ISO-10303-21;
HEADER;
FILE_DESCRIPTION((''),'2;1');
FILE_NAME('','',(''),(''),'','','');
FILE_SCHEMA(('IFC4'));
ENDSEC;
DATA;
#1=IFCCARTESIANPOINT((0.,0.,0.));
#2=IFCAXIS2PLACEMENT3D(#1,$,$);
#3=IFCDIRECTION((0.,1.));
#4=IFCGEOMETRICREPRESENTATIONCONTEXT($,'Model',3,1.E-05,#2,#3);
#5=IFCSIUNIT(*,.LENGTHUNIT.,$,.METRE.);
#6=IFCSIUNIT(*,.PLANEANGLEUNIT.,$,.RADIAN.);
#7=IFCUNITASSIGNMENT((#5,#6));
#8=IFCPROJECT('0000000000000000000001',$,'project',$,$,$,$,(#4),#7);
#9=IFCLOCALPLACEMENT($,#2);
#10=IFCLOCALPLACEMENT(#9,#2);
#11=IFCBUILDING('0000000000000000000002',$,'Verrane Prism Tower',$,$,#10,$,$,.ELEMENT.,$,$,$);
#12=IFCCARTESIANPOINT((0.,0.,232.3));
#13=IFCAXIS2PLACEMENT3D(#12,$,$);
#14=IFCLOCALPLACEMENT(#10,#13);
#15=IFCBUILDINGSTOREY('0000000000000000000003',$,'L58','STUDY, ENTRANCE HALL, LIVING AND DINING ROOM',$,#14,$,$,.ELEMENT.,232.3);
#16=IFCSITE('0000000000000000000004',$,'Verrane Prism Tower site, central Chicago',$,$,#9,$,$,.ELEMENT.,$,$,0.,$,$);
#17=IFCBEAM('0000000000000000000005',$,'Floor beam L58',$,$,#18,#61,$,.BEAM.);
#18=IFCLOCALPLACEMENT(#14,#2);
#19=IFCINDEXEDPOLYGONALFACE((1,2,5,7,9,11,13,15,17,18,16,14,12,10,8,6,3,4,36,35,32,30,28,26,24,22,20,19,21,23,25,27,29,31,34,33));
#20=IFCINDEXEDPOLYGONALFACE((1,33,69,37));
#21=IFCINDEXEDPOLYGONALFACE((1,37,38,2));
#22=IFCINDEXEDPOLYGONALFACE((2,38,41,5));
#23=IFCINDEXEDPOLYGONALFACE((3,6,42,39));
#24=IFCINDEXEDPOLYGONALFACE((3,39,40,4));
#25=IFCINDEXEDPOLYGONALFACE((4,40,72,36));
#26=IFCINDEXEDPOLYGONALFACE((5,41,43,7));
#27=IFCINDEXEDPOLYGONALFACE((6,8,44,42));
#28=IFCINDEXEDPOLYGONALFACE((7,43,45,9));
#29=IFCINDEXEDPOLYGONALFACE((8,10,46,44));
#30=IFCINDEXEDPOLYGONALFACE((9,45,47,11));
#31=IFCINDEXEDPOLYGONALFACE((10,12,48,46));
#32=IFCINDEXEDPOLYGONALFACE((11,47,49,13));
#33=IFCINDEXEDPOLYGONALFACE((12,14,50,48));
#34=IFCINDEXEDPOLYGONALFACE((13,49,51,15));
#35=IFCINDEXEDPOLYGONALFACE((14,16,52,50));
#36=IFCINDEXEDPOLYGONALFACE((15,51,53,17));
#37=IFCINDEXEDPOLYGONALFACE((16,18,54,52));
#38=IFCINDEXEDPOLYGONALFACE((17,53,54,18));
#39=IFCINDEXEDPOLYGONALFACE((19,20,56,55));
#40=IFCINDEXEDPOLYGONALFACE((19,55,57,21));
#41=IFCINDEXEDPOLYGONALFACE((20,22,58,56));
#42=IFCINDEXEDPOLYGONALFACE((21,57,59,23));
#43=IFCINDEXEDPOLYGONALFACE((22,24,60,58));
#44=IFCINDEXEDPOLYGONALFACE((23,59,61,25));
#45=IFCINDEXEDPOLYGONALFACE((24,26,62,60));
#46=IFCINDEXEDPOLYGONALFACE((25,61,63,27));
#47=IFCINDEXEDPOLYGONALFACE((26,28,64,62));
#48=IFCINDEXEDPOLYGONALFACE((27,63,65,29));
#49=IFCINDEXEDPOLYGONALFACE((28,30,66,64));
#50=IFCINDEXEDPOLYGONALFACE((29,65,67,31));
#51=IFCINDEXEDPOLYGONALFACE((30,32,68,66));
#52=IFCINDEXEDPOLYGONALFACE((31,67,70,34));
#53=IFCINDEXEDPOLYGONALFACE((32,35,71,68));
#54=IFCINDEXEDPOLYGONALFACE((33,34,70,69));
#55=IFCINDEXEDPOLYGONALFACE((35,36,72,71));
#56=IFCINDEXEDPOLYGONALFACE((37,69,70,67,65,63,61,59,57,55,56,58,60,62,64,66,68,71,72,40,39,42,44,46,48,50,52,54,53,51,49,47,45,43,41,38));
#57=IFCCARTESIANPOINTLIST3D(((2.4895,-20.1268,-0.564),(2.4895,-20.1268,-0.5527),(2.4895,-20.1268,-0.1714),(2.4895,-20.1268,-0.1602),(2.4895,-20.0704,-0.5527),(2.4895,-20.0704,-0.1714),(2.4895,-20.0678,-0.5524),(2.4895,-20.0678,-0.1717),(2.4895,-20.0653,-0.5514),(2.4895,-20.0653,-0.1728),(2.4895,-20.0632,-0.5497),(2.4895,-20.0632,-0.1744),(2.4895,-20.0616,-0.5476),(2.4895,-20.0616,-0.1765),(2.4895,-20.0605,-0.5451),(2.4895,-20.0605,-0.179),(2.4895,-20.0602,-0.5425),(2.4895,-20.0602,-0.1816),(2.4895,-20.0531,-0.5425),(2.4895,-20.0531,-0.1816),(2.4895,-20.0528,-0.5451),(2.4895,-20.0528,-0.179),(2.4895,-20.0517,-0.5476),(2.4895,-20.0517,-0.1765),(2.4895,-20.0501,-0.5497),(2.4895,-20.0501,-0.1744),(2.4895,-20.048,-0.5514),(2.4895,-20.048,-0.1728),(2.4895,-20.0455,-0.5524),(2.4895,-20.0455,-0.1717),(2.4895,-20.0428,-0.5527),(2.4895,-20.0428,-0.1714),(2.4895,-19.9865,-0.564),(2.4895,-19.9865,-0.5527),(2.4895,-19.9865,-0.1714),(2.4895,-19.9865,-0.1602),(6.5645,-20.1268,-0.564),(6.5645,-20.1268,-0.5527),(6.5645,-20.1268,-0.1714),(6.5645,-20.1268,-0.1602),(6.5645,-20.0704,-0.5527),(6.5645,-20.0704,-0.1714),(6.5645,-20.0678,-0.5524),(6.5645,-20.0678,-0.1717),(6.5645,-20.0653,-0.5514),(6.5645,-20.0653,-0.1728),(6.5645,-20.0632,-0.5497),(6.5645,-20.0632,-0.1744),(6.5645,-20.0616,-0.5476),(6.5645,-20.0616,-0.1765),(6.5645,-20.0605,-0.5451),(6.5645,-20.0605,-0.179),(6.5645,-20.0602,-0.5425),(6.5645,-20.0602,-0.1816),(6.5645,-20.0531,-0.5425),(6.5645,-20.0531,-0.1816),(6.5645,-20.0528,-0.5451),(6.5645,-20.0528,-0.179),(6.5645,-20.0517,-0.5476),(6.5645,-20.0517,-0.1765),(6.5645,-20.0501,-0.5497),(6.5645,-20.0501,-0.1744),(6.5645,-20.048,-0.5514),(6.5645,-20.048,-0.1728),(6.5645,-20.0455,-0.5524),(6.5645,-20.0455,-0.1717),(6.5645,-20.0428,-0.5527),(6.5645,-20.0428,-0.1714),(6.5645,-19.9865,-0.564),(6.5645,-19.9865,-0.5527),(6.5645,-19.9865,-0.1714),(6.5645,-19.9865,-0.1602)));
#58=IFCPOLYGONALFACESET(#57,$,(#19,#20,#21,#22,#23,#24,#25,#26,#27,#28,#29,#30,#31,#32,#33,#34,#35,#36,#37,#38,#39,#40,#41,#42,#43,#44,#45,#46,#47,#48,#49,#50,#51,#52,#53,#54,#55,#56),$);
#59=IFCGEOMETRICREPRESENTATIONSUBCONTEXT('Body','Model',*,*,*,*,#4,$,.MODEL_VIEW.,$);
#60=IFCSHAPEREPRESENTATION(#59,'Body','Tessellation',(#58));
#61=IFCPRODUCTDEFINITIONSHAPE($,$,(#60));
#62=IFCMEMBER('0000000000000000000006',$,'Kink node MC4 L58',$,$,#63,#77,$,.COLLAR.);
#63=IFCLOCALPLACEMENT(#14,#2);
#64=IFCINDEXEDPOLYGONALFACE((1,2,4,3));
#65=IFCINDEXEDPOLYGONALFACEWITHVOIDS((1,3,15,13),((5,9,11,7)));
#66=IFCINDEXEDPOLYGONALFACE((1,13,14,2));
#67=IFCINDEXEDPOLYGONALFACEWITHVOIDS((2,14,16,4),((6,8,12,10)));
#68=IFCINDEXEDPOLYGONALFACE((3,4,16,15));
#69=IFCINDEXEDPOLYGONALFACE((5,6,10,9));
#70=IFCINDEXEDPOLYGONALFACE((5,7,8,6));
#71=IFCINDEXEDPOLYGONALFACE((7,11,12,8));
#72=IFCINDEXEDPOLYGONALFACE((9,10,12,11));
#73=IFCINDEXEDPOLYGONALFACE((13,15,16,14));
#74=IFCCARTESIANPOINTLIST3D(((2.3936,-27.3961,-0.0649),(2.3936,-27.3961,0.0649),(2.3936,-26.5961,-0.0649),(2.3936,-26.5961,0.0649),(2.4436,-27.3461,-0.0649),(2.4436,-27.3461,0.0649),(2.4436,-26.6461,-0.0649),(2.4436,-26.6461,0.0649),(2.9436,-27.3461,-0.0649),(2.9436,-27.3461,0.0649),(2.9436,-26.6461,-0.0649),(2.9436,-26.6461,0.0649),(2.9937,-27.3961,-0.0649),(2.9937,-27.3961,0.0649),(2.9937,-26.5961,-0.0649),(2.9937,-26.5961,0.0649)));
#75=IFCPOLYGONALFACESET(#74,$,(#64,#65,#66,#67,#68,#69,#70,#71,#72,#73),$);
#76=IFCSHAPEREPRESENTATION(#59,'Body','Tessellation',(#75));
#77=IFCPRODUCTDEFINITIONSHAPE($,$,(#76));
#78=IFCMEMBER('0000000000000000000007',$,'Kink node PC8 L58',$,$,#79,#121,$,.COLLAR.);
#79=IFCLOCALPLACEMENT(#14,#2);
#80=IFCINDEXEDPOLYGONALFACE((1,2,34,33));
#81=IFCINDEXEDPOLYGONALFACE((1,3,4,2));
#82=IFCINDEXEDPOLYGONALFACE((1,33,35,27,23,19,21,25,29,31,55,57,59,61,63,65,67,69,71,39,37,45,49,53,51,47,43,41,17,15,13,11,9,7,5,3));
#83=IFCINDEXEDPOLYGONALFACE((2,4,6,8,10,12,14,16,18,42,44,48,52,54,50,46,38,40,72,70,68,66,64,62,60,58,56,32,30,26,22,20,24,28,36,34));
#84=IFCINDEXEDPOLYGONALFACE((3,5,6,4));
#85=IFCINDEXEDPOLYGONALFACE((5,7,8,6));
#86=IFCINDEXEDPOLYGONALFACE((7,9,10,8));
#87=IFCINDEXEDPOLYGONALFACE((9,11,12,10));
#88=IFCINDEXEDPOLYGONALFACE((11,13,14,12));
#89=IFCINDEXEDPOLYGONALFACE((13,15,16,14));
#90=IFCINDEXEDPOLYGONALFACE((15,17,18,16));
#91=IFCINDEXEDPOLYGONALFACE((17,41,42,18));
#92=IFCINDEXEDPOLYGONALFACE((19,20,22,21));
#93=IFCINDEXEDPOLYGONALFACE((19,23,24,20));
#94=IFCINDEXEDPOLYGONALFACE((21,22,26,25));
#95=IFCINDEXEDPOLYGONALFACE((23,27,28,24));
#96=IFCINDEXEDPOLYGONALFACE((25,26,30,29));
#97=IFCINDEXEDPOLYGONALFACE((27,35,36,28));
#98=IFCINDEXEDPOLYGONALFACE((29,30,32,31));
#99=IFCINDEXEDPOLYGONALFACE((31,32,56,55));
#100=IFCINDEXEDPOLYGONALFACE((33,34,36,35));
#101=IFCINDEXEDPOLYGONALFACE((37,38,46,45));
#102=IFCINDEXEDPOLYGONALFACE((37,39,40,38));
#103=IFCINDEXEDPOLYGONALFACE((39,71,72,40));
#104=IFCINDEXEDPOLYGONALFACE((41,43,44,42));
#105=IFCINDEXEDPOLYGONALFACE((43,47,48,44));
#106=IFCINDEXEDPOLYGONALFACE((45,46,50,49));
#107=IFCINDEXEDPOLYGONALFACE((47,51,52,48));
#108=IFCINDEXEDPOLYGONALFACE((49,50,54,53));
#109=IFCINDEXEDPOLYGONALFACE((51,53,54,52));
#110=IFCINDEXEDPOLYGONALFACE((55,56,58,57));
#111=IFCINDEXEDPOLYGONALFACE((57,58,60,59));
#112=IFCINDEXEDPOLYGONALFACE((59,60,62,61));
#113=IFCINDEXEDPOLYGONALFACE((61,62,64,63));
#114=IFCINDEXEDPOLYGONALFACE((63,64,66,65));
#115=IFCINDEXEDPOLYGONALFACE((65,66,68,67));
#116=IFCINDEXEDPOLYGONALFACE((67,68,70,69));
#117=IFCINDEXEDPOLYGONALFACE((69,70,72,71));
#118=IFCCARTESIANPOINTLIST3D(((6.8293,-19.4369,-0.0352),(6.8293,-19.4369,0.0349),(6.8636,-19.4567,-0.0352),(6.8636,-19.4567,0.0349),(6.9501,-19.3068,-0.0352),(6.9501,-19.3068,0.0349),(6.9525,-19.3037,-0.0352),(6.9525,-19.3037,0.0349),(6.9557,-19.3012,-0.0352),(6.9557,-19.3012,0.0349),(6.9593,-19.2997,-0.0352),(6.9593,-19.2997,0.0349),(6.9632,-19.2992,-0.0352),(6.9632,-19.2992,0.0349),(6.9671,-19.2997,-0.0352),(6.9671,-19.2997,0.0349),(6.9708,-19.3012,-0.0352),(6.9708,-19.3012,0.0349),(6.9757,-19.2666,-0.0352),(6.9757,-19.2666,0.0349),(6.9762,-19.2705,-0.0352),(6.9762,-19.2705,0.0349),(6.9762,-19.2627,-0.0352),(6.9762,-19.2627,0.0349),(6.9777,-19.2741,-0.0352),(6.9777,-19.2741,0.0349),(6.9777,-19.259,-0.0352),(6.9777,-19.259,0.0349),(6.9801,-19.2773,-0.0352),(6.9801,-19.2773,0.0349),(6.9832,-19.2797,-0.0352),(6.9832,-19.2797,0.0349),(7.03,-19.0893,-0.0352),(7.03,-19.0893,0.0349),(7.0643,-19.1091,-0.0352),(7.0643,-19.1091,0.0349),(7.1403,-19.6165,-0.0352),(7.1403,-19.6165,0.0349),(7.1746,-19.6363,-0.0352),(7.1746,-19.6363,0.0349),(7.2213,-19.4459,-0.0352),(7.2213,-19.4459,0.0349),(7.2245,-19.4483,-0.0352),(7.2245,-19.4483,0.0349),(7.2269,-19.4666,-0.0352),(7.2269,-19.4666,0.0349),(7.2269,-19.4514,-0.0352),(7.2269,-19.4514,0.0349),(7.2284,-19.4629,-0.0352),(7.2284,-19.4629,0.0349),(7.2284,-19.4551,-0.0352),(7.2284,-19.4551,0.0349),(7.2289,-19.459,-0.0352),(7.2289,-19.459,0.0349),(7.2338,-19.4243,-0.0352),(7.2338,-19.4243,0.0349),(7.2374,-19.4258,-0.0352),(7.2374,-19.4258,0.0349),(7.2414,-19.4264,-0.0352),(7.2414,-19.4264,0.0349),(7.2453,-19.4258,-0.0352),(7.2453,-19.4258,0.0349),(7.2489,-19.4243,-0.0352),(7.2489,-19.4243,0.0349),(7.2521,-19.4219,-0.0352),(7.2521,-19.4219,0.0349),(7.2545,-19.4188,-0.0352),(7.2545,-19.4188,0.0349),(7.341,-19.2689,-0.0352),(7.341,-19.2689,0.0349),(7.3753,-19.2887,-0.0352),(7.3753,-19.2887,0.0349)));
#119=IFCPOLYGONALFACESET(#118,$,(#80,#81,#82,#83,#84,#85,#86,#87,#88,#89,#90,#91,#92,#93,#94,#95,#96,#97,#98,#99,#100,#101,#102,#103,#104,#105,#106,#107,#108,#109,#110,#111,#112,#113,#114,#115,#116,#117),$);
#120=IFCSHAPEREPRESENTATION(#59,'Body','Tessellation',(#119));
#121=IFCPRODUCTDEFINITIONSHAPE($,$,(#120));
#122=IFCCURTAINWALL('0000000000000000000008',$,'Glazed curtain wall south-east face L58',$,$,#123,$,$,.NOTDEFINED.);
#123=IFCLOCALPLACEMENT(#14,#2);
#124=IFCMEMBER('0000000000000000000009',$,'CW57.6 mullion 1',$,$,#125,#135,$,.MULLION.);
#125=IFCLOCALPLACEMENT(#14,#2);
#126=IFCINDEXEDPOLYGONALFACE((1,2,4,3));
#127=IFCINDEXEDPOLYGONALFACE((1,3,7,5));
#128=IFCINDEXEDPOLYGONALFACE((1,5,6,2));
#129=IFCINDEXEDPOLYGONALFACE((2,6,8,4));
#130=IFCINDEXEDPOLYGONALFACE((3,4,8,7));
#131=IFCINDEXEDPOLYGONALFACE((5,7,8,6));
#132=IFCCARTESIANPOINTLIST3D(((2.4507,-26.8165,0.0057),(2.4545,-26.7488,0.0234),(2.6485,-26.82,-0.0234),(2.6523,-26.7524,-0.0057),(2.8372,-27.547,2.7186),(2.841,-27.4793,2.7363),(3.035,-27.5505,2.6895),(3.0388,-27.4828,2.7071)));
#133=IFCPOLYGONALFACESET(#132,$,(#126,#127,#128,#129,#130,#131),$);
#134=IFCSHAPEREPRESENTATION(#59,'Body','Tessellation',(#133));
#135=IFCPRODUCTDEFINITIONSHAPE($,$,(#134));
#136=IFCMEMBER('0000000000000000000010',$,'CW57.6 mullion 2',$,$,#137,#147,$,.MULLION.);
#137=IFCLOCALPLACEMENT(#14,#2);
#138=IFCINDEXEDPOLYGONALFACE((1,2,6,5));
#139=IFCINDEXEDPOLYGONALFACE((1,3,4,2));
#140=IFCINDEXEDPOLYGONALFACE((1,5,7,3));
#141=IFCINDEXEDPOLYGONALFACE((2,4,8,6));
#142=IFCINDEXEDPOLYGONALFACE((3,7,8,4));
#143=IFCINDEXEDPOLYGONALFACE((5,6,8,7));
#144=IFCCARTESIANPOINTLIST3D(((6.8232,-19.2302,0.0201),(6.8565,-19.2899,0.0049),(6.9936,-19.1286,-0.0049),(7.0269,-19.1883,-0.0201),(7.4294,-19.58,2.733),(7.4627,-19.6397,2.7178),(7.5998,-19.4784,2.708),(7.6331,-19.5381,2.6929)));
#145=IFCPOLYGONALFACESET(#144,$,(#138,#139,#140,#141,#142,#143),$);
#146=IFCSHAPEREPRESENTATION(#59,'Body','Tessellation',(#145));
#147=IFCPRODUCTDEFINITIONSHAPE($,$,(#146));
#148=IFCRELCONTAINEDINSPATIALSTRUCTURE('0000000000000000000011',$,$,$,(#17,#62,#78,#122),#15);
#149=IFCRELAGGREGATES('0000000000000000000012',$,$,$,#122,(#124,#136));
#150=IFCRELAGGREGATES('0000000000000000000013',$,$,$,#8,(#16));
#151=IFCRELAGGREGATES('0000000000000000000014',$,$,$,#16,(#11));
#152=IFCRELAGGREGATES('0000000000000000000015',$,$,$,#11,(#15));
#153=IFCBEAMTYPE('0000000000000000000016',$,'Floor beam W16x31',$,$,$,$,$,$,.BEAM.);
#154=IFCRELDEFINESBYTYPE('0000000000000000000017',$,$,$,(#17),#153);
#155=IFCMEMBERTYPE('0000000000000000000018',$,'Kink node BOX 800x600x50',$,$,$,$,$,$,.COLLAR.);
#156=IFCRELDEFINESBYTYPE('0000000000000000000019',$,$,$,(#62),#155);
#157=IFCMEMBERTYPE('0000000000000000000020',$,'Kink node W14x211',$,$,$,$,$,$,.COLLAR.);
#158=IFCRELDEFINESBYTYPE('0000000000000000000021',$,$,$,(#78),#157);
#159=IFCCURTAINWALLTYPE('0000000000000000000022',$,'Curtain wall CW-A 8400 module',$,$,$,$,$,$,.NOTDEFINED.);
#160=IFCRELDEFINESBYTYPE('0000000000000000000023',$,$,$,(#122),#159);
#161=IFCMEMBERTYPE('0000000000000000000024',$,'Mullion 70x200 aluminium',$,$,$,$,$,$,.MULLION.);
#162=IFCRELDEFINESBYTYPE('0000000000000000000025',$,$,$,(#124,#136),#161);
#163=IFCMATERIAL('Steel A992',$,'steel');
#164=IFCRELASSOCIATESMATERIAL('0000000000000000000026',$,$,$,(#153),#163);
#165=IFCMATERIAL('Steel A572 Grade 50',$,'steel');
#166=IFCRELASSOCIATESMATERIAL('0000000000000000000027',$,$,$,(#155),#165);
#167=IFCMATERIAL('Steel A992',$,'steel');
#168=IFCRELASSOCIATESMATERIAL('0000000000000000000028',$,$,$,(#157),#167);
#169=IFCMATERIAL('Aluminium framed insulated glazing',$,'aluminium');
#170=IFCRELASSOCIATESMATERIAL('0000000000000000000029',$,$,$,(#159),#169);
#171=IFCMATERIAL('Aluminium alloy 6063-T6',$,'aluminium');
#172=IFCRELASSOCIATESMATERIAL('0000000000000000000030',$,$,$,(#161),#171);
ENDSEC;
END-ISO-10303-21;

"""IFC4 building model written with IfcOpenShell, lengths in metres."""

from ifc_helpers import new_model, si_unit, direction, frame, origin, origin_2d, place, context, subcontext, project, spatial, rectangle, hollow_rectangle, i_section, extrude, material, material_profile, profile_set, type_object, element, aggregate, save


model = new_model("IFC4")

# Units and contexts
model_context = context("Model", 3, precision=1e-05, world=origin(), true_north=direction((0.0, 1.0)))
body_context = subcontext(model_context, "Body", "Model", "MODEL_VIEW")
ifc_project = project(units=[si_unit("LENGTHUNIT", "METRE"), si_unit("PLANEANGLEUNIT", "RADIAN")], contexts=[model_context])

# Site, building, storey
site_placement = place(None, origin())
site = spatial("IfcSite", under=ifc_project, at=site_placement, Name="Verrane Prism Tower site, central Chicago", CompositionType="ELEMENT", RefElevation=0.0)
building_placement = place(site_placement, origin())
building = spatial("IfcBuilding", under=site, at=building_placement, Name="Verrane Prism Tower", CompositionType="ELEMENT")
storey_placement = place(building_placement, frame((0.0, 0.0, 232.3)))
storey = spatial("IfcBuildingStorey", under=building, at=storey_placement, Name="L58", Description="STUDY, ENTRANCE HALL, LIVING AND DINING ROOM", CompositionType="ELEMENT", Elevation=232.3)

# Beam
ifc_material_1 = material(Name="Steel A992", Category="steel")
ifc_material_profile_1 = material_profile(ifc_material_1, i_section(OverallWidth=0.1404, OverallDepth=0.4038, WebThickness=0.0071, FlangeThickness=0.0112, FilletRadius=0.0103, at=origin_2d()), Name="W16x31")
ifc_profile_set_1 = profile_set([ifc_material_profile_1], Name="Steel A992")
beam_type_1 = type_object("IfcBeamType", Name="Floor beam W16x31", PredefinedType="BEAM", material=ifc_profile_set_1)
beam_1_placement = place(storey_placement, frame((2.4895, -20.0566, -0.3621), z_axis=(1.0, 0.0, 0.0), x_axis=(0.0, 1.0, 0.0)))
element("IfcBeam", 1, at=beam_1_placement, inside=storey, type_object=beam_type_1, Name="Floor beam L58", PredefinedType="BEAM", context=body_context, shape_type="SweptSolid", body=[
    extrude(i_section(OverallWidth=0.1404, OverallDepth=0.4038, WebThickness=0.0071, FlangeThickness=0.0112, FilletRadius=0.0103, at=origin_2d()), origin(), (0.0, 0.0, 1.0), 4.075),
])

# Members
ifc_material_2 = material(Name="Steel A572 Grade 50", Category="steel")
ifc_material_profile_2 = material_profile(ifc_material_2, hollow_rectangle(XDim=0.6001, YDim=0.8, WallThickness=0.05, at=origin_2d()), Name="BOX 800x600x50")
ifc_profile_set_2 = profile_set([ifc_material_profile_2], Name="Steel A572 Grade 50")
member_type_1 = type_object("IfcMemberType", Name="Kink node BOX 800x600x50", PredefinedType="COLLAR", material=ifc_profile_set_2)
member_1_placement = place(storey_placement, frame((2.6936, -26.9961, -0.0649), z_axis=(0.0, 0.0, 1.0), x_axis=(-1.0, 0.0, 0.0)))
element("IfcMember", 2, at=member_1_placement, inside=storey, type_object=member_type_1, Name="Kink node MC4 L58", PredefinedType="COLLAR", context=body_context, shape_type="SweptSolid", body=[
    extrude(hollow_rectangle(XDim=0.6001, YDim=0.8, WallThickness=0.05, at=origin_2d()), origin(), (0.0, 0.0, 1.0), 0.1299),
])
ifc_material_3 = material(Name="Steel A992", Category="steel")
ifc_material_profile_3 = material_profile(ifc_material_3, i_section(OverallWidth=0.4014, OverallDepth=0.3987, WebThickness=0.0249, FlangeThickness=0.0396, FilletRadius=0.0151, at=origin_2d()), Name="W14x211")
ifc_profile_set_3 = profile_set([ifc_material_profile_3], Name="Steel A992")
member_type_2 = type_object("IfcMemberType", Name="Kink node W14x211", PredefinedType="COLLAR", material=ifc_profile_set_3)
member_2_placement = place(storey_placement, frame((7.1023, -19.3628, -0.0352), z_axis=(0.0, 0.0, 1.0), x_axis=(-0.5, -0.866025, 0.0)))
element("IfcMember", 3, at=member_2_placement, inside=storey, type_object=member_type_2, Name="Kink node PC8 L58", PredefinedType="COLLAR", context=body_context, shape_type="SweptSolid", body=[
    extrude(i_section(OverallWidth=0.4014, OverallDepth=0.3987, WebThickness=0.0249, FlangeThickness=0.0396, FilletRadius=0.0151, at=origin_2d()), origin(), (0.0, 0.0, 1.0), 0.0701),
])

# Curtain wall, members
ifc_material_4 = material(Name="Aluminium framed insulated glazing", Category="aluminium")
curtain_wall_type = type_object("IfcCurtainWallType", Name="Curtain wall CW-A 8400 module", PredefinedType="NOTDEFINED", material=ifc_material_4)
curtain_wall_placement = place(storey_placement, origin())
curtain_wall = element("IfcCurtainWall", 4, at=curtain_wall_placement, inside=storey, type_object=curtain_wall_type, Name="Glazed curtain wall south-east face L58", PredefinedType="NOTDEFINED")
ifc_material_5 = material(Name="Aluminium alloy 6063-T6", Category="aluminium")
ifc_material_profile_4 = material_profile(ifc_material_5, rectangle(XDim=0.2, YDim=0.0701, at=origin_2d()), Name="Mullion 70x200 aluminium")
ifc_profile_set_4 = profile_set([ifc_material_profile_4], Name="Aluminium alloy 6063-T6")
member_type_3 = type_object("IfcMemberType", Name="Mullion 70x200 aluminium", PredefinedType="MULLION", material=ifc_profile_set_4)
member_3_placement = place(storey_placement, frame((2.5515, -26.7844, 0.0), z_axis=(0.136276, -0.257573, 0.956601), x_axis=(-0.989169, 0.017773, 0.145701)))
member_3 = element("IfcMember", 5, at=member_3_placement, type_object=member_type_3, Name="CW57.6 mullion 1", PredefinedType="MULLION", context=body_context, shape_type="SweptSolid", body=[
    extrude(rectangle(XDim=0.2, YDim=0.0701, at=origin_2d()), origin(), (0.0, 0.0, 1.0), 2.8359),
])
member_4_placement = place(storey_placement, frame((6.925, -19.2092, 0.0), z_axis=(0.216367, -0.124871, 0.968294), x_axis=(-0.852211, -0.50807, 0.124908)))
member_4 = element("IfcMember", 6, at=member_4_placement, type_object=member_type_3, Name="CW57.6 mullion 2", PredefinedType="MULLION", context=body_context, shape_type="SweptSolid", body=[
    extrude(rectangle(XDim=0.2, YDim=0.0701, at=origin_2d()), origin(), (0.0, 0.0, 1.0), 2.8018),
])

aggregate(curtain_wall, [member_3, member_4])

save(model, "model.ifc")
